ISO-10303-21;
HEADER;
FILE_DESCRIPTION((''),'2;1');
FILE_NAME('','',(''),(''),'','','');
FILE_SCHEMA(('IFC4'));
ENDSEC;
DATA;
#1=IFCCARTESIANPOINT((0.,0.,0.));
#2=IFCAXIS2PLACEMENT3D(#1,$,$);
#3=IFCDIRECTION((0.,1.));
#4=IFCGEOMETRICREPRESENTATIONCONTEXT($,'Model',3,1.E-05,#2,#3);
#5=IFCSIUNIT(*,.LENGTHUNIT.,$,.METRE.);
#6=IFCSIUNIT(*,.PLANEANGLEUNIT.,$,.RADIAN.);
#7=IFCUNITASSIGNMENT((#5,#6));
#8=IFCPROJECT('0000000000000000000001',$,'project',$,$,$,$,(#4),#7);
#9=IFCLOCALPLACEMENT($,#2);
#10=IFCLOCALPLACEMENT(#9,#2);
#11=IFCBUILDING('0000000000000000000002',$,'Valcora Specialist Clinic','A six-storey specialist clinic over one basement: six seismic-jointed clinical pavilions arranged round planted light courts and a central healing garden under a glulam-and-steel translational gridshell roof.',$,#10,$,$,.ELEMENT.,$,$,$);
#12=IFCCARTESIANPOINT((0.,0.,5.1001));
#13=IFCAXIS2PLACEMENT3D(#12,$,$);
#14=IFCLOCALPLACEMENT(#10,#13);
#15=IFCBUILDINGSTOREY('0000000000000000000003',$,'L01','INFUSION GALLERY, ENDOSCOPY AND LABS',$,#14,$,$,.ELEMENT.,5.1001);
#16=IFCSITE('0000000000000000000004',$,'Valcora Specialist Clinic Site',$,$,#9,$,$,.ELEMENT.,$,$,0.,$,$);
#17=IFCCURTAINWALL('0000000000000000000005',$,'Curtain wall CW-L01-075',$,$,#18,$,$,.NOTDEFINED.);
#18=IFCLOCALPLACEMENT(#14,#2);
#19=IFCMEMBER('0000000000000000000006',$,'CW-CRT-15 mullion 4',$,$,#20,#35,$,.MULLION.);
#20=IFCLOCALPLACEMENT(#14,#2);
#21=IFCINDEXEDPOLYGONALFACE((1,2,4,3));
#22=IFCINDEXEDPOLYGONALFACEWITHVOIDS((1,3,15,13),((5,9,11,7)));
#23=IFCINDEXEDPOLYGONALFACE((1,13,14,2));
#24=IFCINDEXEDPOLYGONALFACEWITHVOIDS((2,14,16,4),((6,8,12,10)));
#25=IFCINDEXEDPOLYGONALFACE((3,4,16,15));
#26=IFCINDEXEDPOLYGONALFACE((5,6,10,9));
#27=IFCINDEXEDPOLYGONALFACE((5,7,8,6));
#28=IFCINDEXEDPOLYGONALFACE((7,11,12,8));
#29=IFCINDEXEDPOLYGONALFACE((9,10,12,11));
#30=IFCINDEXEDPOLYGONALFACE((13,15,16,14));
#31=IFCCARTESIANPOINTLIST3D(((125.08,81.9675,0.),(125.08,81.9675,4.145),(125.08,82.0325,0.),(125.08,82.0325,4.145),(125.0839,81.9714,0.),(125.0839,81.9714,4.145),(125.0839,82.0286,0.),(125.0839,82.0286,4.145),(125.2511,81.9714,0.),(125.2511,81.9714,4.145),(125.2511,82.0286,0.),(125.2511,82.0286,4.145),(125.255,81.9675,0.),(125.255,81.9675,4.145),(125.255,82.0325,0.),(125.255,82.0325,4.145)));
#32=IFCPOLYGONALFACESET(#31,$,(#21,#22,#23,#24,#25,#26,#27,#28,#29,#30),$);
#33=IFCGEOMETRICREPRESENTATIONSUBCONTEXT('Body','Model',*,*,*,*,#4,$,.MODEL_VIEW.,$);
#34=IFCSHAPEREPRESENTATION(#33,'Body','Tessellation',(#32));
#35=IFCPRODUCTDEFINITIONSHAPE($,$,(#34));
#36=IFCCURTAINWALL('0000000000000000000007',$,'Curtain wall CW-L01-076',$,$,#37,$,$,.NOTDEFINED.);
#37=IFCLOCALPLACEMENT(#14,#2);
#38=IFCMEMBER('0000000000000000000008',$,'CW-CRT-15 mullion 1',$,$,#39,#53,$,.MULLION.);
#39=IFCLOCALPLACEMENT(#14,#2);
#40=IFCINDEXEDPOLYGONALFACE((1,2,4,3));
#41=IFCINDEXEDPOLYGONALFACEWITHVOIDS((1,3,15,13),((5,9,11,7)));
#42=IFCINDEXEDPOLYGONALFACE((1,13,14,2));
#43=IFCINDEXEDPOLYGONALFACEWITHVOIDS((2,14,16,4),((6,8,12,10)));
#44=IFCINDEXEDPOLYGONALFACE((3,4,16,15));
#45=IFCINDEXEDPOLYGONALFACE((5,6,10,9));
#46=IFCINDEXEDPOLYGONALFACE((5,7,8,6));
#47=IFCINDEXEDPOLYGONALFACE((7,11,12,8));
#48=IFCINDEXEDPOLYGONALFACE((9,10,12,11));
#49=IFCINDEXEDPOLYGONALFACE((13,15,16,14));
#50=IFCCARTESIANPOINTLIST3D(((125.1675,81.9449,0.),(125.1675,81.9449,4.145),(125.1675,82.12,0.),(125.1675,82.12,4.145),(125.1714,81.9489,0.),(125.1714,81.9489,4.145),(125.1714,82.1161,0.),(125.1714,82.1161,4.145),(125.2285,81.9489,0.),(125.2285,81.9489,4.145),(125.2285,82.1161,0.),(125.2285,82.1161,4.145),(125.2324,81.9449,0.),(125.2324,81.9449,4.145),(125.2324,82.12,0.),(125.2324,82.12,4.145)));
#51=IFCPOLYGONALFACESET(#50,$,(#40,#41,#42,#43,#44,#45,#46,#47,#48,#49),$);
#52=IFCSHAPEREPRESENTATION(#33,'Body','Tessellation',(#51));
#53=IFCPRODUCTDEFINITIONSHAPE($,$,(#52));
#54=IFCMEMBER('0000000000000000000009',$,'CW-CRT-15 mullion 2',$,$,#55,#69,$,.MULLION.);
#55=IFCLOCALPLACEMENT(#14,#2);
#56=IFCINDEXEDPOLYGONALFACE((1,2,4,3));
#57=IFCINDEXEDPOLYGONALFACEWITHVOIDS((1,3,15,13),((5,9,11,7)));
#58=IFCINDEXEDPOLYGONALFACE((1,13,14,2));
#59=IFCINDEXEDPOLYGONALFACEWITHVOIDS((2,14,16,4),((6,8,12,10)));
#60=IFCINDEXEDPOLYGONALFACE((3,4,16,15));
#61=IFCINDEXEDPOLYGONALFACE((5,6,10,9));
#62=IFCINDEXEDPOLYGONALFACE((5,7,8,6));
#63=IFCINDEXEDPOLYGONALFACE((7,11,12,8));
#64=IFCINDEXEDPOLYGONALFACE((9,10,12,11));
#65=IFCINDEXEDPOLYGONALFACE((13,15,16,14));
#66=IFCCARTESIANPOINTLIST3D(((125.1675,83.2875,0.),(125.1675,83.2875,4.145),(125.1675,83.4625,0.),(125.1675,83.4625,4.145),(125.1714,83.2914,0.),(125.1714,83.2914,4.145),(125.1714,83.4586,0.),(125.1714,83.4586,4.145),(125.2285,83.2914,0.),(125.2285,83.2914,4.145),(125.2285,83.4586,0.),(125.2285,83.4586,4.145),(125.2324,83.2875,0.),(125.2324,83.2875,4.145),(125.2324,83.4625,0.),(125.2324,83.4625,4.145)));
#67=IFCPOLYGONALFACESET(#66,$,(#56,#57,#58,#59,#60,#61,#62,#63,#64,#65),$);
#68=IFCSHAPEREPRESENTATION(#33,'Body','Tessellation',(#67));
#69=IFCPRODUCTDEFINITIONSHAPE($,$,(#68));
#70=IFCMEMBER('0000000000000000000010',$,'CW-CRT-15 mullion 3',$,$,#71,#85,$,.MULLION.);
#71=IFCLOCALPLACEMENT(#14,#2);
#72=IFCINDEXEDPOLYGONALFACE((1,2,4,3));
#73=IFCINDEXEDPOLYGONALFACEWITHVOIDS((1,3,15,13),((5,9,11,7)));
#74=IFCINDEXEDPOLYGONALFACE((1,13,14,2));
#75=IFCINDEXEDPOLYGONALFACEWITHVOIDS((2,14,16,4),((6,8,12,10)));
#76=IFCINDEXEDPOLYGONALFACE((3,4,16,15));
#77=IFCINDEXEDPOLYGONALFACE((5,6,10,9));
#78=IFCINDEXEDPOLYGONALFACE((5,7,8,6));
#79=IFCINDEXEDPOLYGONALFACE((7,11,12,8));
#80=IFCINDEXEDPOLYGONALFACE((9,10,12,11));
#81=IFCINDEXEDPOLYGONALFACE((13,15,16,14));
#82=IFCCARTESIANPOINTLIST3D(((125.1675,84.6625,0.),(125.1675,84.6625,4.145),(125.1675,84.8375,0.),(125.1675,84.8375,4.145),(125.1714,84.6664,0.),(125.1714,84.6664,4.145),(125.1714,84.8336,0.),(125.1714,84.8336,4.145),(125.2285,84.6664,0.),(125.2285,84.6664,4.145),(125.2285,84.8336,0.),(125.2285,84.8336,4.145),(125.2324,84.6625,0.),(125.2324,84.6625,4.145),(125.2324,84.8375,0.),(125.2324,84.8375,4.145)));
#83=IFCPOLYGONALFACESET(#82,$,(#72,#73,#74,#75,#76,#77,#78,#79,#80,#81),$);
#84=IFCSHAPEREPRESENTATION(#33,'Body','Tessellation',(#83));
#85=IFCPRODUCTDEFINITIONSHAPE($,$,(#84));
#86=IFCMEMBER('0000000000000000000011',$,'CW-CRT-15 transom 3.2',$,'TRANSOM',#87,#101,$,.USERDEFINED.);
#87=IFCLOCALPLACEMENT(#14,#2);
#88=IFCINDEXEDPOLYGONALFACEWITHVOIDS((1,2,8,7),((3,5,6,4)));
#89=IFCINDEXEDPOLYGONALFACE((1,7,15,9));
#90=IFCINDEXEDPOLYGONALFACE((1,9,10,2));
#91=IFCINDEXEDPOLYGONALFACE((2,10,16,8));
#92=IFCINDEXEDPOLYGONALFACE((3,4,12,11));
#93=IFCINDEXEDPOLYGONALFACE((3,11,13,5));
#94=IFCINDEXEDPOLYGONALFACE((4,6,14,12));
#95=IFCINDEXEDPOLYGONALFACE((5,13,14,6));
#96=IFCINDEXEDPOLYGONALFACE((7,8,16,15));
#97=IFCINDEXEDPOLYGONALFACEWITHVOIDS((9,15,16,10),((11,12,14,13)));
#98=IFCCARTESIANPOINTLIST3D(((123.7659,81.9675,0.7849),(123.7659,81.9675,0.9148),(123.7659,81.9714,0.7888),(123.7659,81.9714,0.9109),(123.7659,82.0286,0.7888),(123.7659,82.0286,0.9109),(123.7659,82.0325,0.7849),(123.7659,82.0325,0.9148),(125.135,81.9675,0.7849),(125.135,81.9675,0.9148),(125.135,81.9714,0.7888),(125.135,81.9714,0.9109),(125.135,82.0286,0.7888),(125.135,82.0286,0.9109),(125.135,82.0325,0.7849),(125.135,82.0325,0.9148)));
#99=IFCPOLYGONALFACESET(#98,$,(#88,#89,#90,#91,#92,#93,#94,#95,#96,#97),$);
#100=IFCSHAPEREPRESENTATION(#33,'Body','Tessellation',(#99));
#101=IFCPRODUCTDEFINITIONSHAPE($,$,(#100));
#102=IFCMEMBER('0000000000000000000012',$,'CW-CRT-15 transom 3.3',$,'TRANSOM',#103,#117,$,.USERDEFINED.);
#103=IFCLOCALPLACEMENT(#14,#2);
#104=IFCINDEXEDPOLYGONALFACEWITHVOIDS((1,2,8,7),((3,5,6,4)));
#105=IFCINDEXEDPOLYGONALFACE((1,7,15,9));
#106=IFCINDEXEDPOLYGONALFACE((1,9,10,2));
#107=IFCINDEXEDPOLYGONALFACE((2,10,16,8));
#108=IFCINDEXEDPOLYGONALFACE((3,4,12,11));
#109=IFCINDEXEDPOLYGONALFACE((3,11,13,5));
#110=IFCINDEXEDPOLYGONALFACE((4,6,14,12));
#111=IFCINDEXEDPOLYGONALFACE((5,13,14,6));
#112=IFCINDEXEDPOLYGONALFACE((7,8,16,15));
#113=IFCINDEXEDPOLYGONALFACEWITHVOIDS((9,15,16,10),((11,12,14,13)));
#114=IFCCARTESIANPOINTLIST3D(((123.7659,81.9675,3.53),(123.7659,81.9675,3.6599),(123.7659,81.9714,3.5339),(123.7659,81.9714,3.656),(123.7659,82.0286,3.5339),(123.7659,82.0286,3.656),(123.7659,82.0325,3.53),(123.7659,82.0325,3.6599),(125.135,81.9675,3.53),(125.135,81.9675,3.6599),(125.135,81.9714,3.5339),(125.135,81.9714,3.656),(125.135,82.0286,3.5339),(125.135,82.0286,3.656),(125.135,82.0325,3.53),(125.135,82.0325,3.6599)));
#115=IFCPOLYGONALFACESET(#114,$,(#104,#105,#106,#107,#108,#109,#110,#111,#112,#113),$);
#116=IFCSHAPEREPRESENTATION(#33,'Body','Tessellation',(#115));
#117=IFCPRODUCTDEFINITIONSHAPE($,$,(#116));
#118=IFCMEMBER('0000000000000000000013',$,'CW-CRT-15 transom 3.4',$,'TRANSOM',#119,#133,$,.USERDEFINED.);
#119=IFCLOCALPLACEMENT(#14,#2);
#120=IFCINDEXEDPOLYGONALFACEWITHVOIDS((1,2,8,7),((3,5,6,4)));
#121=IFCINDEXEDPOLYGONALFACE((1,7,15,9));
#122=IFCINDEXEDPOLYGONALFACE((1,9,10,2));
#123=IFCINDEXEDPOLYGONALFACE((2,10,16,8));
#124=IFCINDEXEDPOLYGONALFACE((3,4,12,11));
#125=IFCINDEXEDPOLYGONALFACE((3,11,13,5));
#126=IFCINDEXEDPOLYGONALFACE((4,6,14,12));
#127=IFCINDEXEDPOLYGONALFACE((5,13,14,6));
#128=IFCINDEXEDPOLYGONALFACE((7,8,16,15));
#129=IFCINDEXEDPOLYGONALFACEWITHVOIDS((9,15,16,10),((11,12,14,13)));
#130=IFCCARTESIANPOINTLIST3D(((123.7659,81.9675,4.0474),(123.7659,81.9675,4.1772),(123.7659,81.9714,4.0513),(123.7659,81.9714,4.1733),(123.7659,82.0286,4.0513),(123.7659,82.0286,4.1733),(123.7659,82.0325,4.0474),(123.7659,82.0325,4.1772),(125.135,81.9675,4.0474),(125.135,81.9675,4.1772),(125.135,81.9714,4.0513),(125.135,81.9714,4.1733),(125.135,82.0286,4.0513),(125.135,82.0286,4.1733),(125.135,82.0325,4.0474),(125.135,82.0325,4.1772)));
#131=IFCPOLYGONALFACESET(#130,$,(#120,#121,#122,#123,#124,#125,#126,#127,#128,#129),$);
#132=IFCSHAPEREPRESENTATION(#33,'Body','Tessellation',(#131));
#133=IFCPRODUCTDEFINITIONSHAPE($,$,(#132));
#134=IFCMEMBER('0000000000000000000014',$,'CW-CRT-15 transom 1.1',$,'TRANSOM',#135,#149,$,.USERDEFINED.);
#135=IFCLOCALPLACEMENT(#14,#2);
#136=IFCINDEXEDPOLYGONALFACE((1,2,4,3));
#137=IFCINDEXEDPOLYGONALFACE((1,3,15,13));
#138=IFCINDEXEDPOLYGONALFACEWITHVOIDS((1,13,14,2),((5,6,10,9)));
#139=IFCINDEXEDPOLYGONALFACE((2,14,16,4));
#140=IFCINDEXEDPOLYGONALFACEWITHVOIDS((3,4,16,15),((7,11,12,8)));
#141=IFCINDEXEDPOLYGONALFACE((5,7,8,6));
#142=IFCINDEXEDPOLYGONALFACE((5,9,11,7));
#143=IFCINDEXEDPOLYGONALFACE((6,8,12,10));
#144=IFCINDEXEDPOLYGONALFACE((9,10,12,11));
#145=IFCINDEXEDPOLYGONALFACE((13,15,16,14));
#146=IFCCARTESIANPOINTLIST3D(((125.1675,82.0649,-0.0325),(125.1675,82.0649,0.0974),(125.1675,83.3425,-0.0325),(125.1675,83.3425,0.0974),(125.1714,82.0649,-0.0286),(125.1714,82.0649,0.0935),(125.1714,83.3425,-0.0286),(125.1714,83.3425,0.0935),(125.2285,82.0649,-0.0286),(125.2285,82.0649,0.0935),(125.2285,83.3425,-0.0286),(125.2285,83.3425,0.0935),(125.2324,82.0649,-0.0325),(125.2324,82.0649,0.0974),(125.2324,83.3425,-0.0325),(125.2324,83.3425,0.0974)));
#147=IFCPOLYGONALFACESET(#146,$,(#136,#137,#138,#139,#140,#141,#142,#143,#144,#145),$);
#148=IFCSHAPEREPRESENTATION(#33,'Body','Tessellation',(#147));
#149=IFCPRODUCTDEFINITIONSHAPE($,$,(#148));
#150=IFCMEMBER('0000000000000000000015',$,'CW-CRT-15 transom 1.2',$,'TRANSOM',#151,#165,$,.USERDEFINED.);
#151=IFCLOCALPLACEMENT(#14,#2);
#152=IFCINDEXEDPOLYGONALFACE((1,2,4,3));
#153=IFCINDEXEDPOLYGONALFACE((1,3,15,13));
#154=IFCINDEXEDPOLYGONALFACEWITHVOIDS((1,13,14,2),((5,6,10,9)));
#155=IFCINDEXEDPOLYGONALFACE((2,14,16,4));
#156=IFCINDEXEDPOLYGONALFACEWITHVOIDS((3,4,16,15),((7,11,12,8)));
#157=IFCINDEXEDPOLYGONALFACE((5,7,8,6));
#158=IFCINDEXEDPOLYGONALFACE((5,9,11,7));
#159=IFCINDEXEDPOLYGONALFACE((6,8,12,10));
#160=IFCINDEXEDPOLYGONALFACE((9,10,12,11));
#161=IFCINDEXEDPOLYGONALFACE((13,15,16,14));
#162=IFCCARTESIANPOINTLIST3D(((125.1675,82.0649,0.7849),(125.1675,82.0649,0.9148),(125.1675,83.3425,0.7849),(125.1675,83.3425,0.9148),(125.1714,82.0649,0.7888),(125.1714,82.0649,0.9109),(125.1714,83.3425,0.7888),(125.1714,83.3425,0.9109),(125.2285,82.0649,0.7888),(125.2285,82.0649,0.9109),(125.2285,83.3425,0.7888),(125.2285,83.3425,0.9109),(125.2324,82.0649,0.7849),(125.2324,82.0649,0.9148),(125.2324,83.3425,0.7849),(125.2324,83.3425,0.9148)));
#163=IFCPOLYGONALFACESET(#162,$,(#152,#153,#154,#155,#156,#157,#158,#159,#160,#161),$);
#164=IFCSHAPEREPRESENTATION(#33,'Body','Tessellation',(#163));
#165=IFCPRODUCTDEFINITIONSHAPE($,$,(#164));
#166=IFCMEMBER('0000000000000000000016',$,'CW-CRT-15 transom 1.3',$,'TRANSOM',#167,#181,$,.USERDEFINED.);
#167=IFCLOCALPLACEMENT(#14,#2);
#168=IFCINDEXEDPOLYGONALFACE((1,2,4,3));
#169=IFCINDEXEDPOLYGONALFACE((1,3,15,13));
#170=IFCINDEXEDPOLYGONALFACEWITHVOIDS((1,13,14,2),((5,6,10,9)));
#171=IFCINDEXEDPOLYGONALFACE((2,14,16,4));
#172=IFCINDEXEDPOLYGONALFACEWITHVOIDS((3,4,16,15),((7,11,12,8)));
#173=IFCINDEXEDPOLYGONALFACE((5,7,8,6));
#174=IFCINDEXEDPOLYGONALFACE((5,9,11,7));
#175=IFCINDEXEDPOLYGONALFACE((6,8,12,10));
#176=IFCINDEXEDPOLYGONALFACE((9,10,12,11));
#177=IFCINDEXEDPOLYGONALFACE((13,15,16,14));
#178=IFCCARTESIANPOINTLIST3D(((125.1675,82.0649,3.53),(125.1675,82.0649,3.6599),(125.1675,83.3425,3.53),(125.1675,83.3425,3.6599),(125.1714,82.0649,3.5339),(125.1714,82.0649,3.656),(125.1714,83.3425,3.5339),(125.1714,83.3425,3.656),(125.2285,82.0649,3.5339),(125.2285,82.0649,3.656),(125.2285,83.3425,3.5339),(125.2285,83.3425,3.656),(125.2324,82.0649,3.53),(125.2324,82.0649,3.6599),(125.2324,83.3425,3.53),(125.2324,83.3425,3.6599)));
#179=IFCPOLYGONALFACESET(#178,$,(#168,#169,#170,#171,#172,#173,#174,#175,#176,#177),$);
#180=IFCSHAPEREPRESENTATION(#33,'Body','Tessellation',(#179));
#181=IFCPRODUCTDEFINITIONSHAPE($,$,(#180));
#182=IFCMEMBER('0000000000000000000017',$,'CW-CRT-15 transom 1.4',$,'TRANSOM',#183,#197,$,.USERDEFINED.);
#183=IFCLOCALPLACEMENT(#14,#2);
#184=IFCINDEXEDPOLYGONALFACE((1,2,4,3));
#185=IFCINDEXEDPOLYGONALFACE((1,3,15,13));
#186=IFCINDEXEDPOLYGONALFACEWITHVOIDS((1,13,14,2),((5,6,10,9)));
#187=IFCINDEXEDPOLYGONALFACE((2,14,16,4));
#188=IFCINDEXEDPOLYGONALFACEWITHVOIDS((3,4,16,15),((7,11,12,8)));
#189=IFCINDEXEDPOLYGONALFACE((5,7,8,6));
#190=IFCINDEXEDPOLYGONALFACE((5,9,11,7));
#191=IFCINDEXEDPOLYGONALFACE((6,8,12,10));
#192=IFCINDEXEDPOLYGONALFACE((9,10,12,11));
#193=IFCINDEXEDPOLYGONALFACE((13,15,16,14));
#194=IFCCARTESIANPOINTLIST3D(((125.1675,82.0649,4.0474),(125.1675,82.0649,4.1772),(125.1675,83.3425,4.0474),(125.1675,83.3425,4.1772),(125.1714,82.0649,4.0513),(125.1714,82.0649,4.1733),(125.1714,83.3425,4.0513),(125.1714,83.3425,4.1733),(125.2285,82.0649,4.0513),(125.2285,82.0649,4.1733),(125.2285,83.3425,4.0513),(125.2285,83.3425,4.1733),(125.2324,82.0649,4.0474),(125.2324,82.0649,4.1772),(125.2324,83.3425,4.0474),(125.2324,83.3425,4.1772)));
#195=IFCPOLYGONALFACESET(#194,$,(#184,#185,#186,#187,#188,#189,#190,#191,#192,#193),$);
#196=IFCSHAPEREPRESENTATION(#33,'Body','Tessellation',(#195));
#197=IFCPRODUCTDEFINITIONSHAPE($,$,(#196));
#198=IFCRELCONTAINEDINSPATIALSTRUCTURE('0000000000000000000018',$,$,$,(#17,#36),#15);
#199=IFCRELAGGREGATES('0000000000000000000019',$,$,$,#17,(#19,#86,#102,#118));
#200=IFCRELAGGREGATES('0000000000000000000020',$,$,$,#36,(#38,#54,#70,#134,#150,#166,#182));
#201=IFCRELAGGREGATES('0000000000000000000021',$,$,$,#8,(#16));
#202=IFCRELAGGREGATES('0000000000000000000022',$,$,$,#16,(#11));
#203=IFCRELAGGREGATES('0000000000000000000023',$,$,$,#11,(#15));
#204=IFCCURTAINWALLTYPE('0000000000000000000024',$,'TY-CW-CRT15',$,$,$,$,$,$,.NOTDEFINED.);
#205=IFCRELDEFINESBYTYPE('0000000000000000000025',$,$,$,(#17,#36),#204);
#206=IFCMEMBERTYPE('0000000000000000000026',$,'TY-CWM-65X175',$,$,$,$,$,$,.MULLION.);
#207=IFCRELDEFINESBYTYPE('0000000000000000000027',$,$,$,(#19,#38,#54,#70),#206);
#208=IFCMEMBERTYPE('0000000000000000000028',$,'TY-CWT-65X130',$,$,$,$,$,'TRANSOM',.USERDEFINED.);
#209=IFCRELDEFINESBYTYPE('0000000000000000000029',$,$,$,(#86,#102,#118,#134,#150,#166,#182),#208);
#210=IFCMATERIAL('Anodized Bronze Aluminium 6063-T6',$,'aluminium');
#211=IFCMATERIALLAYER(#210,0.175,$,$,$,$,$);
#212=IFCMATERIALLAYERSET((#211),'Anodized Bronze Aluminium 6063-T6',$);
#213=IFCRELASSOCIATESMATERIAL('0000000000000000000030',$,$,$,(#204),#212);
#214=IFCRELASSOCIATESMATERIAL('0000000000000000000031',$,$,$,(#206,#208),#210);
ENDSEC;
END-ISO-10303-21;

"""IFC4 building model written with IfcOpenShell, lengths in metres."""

from ifc_helpers import new_model, si_unit, direction, frame, origin, origin_2d, place, context, subcontext, project, spatial, hollow_rectangle, extrude, material, layer, layer_set, material_profile, profile_set, type_object, element, aggregate, save


model = new_model("IFC4")

# Units and contexts
model_context = context("Model", 3, precision=1e-05, world=origin(), true_north=direction((0.0, 1.0)))
body_context = subcontext(model_context, "Body", "Model", "MODEL_VIEW")
ifc_project = project(units=[si_unit("LENGTHUNIT", "METRE"), si_unit("PLANEANGLEUNIT", "RADIAN")], contexts=[model_context])

# Site, building, storey
site_placement = place(None, origin())
site = spatial("IfcSite", under=ifc_project, at=site_placement, Name="Valcora Specialist Clinic Site", CompositionType="ELEMENT", RefElevation=0.0)
building_placement = place(site_placement, origin())
building = spatial("IfcBuilding", under=site, at=building_placement, Name="Valcora Specialist Clinic", Description="A six-storey specialist clinic over one basement: six seismic-jointed clinical pavilions arranged round planted light courts and a central healing garden under a glulam-and-steel translational gridshell roof.", CompositionType="ELEMENT")
storey_placement = place(building_placement, frame((0.0, 0.0, 5.1001)))
storey = spatial("IfcBuildingStorey", under=building, at=storey_placement, Name="L01", Description="INFUSION GALLERY, ENDOSCOPY AND LABS", CompositionType="ELEMENT", Elevation=5.1001)

# Curtain wall, member
ifc_material_1 = material(Name="Anodized Bronze Aluminium 6063-T6", Category="aluminium")
ifc_layer_1 = layer(ifc_material_1, 0.175)
ifc_layer_set_1 = layer_set([ifc_layer_1], Name="Anodized Bronze Aluminium 6063-T6")
curtain_wall_type = type_object("IfcCurtainWallType", Name="TY-CW-CRT15", PredefinedType="NOTDEFINED", material=ifc_layer_set_1)
curtain_wall_1_placement = place(storey_placement, origin())
curtain_wall_1 = element("IfcCurtainWall", 1, at=curtain_wall_1_placement, inside=storey, type_object=curtain_wall_type, Name="Curtain wall CW-L01-075", PredefinedType="NOTDEFINED")
ifc_material_profile_1 = material_profile(ifc_material_1, hollow_rectangle(XDim=0.0649, YDim=0.175, WallThickness=0.0039, at=origin_2d()), Name="AL-MUL-65X175")
ifc_profile_set_1 = profile_set([ifc_material_profile_1], Name="Anodized Bronze Aluminium 6063-T6")
member_type_1 = type_object("IfcMemberType", Name="TY-CWM-65X175", PredefinedType="MULLION", material=ifc_profile_set_1)
member_1_placement = place(storey_placement, frame((125.1675, 82.0, 0.0), z_axis=(0.0, 0.0, 1.0), x_axis=(0.0, 1.0, 0.0)))
member_1 = element("IfcMember", 2, at=member_1_placement, type_object=member_type_1, Name="CW-CRT-15 mullion 4", PredefinedType="MULLION", context=body_context, shape_type="SweptSolid", body=[
    extrude(hollow_rectangle(XDim=0.0649, YDim=0.175, WallThickness=0.0039, at=origin_2d()), origin(), (0.0, 0.0, 1.0), 4.145),
])

# Curtain wall, members
curtain_wall_2_placement = place(storey_placement, origin())
curtain_wall_2 = element("IfcCurtainWall", 3, at=curtain_wall_2_placement, inside=storey, type_object=curtain_wall_type, Name="Curtain wall CW-L01-076", PredefinedType="NOTDEFINED")
member_2_placement = place(storey_placement, frame((125.2, 82.0325, 0.0), z_axis=(0.0, 0.0, 1.0), x_axis=(-1.0, 0.0, 0.0)))
member_2 = element("IfcMember", 4, at=member_2_placement, type_object=member_type_1, Name="CW-CRT-15 mullion 1", PredefinedType="MULLION", context=body_context, shape_type="SweptSolid", body=[
    extrude(hollow_rectangle(XDim=0.0649, YDim=0.175, WallThickness=0.0039, at=origin_2d()), origin(), (0.0, 0.0, 1.0), 4.145),
])
member_3_placement = place(storey_placement, frame((125.2, 83.375, 0.0), z_axis=(0.0, 0.0, 1.0), x_axis=(-1.0, 0.0, 0.0)))
member_3 = element("IfcMember", 5, at=member_3_placement, type_object=member_type_1, Name="CW-CRT-15 mullion 2", PredefinedType="MULLION", context=body_context, shape_type="SweptSolid", body=[
    extrude(hollow_rectangle(XDim=0.0649, YDim=0.175, WallThickness=0.0039, at=origin_2d()), origin(), (0.0, 0.0, 1.0), 4.145),
])
member_4_placement = place(storey_placement, frame((125.2, 84.75, 0.0), z_axis=(0.0, 0.0, 1.0), x_axis=(-1.0, 0.0, 0.0)))
member_4 = element("IfcMember", 6, at=member_4_placement, type_object=member_type_1, Name="CW-CRT-15 mullion 3", PredefinedType="MULLION", context=body_context, shape_type="SweptSolid", body=[
    extrude(hollow_rectangle(XDim=0.0649, YDim=0.175, WallThickness=0.0039, at=origin_2d()), origin(), (0.0, 0.0, 1.0), 4.145),
])

# Members
ifc_material_profile_2 = material_profile(ifc_material_1, hollow_rectangle(XDim=0.0649, YDim=0.1299, WallThickness=0.0039, at=origin_2d()), Name="AL-TRN-65X130")
ifc_profile_set_2 = profile_set([ifc_material_profile_2], Name="Anodized Bronze Aluminium 6063-T6")
member_type_2 = type_object("IfcMemberType", Name="TY-CWT-65X130", ElementType="TRANSOM", PredefinedType="USERDEFINED", material=ifc_profile_set_2)
member_5_placement = place(storey_placement, frame((123.7659, 82.0, 0.8499), z_axis=(1.0, 0.0, 0.0), x_axis=(0.0, 1.0, 0.0)))
member_5 = element("IfcMember", 7, at=member_5_placement, type_object=member_type_2, Name="CW-CRT-15 transom 3.2", ObjectType="TRANSOM", PredefinedType="USERDEFINED", context=body_context, shape_type="SweptSolid", body=[
    extrude(hollow_rectangle(XDim=0.0649, YDim=0.1299, WallThickness=0.0039, at=origin_2d()), origin(), (0.0, 0.0, 1.0), 1.3691),
])
member_6_placement = place(storey_placement, frame((123.7659, 82.0, 3.595), z_axis=(1.0, 0.0, 0.0), x_axis=(0.0, 1.0, 0.0)))
member_6 = element("IfcMember", 8, at=member_6_placement, type_object=member_type_2, Name="CW-CRT-15 transom 3.3", ObjectType="TRANSOM", PredefinedType="USERDEFINED", context=body_context, shape_type="SweptSolid", body=[
    extrude(hollow_rectangle(XDim=0.0649, YDim=0.1299, WallThickness=0.0039, at=origin_2d()), origin(), (0.0, 0.0, 1.0), 1.3691),
])
member_7_placement = place(storey_placement, frame((123.7659, 82.0, 4.1123), z_axis=(1.0, 0.0, 0.0), x_axis=(0.0, 1.0, 0.0)))
member_7 = element("IfcMember", 9, at=member_7_placement, type_object=member_type_2, Name="CW-CRT-15 transom 3.4", ObjectType="TRANSOM", PredefinedType="USERDEFINED", context=body_context, shape_type="SweptSolid", body=[
    extrude(hollow_rectangle(XDim=0.0649, YDim=0.1299, WallThickness=0.0039, at=origin_2d()), origin(), (0.0, 0.0, 1.0), 1.3691),
])
member_8_placement = place(storey_placement, frame((125.2, 82.0649, 0.0325), z_axis=(0.0, 1.0, 0.0), x_axis=(-1.0, 0.0, 0.0)))
member_8 = element("IfcMember", 10, at=member_8_placement, type_object=member_type_2, Name="CW-CRT-15 transom 1.1", ObjectType="TRANSOM", PredefinedType="USERDEFINED", context=body_context, shape_type="SweptSolid", body=[
    extrude(hollow_rectangle(XDim=0.0649, YDim=0.1299, WallThickness=0.0039, at=origin_2d()), origin(), (0.0, 0.0, 1.0), 1.2776),
])
member_9_placement = place(storey_placement, frame((125.2, 82.0649, 0.8499), z_axis=(0.0, 1.0, 0.0), x_axis=(-1.0, 0.0, 0.0)))
member_9 = element("IfcMember", 11, at=member_9_placement, type_object=member_type_2, Name="CW-CRT-15 transom 1.2", ObjectType="TRANSOM", PredefinedType="USERDEFINED", context=body_context, shape_type="SweptSolid", body=[
    extrude(hollow_rectangle(XDim=0.0649, YDim=0.1299, WallThickness=0.0039, at=origin_2d()), origin(), (0.0, 0.0, 1.0), 1.2776),
])
member_10_placement = place(storey_placement, frame((125.2, 82.0649, 3.595), z_axis=(0.0, 1.0, 0.0), x_axis=(-1.0, 0.0, 0.0)))
member_10 = element("IfcMember", 12, at=member_10_placement, type_object=member_type_2, Name="CW-CRT-15 transom 1.3", ObjectType="TRANSOM", PredefinedType="USERDEFINED", context=body_context, shape_type="SweptSolid", body=[
    extrude(hollow_rectangle(XDim=0.0649, YDim=0.1299, WallThickness=0.0039, at=origin_2d()), origin(), (0.0, 0.0, 1.0), 1.2776),
])
member_11_placement = place(storey_placement, frame((125.2, 82.0649, 4.1123), z_axis=(0.0, 1.0, 0.0), x_axis=(-1.0, 0.0, 0.0)))
member_11 = element("IfcMember", 13, at=member_11_placement, type_object=member_type_2, Name="CW-CRT-15 transom 1.4", ObjectType="TRANSOM", PredefinedType="USERDEFINED", context=body_context, shape_type="SweptSolid", body=[
    extrude(hollow_rectangle(XDim=0.0649, YDim=0.1299, WallThickness=0.0039, at=origin_2d()), origin(), (0.0, 0.0, 1.0), 1.2776),
])

aggregate(curtain_wall_1, [member_1, member_5, member_6, member_7])
aggregate(curtain_wall_2, [member_2, member_3, member_4, member_8, member_9, member_10, member_11])

save(model, "model.ifc")
